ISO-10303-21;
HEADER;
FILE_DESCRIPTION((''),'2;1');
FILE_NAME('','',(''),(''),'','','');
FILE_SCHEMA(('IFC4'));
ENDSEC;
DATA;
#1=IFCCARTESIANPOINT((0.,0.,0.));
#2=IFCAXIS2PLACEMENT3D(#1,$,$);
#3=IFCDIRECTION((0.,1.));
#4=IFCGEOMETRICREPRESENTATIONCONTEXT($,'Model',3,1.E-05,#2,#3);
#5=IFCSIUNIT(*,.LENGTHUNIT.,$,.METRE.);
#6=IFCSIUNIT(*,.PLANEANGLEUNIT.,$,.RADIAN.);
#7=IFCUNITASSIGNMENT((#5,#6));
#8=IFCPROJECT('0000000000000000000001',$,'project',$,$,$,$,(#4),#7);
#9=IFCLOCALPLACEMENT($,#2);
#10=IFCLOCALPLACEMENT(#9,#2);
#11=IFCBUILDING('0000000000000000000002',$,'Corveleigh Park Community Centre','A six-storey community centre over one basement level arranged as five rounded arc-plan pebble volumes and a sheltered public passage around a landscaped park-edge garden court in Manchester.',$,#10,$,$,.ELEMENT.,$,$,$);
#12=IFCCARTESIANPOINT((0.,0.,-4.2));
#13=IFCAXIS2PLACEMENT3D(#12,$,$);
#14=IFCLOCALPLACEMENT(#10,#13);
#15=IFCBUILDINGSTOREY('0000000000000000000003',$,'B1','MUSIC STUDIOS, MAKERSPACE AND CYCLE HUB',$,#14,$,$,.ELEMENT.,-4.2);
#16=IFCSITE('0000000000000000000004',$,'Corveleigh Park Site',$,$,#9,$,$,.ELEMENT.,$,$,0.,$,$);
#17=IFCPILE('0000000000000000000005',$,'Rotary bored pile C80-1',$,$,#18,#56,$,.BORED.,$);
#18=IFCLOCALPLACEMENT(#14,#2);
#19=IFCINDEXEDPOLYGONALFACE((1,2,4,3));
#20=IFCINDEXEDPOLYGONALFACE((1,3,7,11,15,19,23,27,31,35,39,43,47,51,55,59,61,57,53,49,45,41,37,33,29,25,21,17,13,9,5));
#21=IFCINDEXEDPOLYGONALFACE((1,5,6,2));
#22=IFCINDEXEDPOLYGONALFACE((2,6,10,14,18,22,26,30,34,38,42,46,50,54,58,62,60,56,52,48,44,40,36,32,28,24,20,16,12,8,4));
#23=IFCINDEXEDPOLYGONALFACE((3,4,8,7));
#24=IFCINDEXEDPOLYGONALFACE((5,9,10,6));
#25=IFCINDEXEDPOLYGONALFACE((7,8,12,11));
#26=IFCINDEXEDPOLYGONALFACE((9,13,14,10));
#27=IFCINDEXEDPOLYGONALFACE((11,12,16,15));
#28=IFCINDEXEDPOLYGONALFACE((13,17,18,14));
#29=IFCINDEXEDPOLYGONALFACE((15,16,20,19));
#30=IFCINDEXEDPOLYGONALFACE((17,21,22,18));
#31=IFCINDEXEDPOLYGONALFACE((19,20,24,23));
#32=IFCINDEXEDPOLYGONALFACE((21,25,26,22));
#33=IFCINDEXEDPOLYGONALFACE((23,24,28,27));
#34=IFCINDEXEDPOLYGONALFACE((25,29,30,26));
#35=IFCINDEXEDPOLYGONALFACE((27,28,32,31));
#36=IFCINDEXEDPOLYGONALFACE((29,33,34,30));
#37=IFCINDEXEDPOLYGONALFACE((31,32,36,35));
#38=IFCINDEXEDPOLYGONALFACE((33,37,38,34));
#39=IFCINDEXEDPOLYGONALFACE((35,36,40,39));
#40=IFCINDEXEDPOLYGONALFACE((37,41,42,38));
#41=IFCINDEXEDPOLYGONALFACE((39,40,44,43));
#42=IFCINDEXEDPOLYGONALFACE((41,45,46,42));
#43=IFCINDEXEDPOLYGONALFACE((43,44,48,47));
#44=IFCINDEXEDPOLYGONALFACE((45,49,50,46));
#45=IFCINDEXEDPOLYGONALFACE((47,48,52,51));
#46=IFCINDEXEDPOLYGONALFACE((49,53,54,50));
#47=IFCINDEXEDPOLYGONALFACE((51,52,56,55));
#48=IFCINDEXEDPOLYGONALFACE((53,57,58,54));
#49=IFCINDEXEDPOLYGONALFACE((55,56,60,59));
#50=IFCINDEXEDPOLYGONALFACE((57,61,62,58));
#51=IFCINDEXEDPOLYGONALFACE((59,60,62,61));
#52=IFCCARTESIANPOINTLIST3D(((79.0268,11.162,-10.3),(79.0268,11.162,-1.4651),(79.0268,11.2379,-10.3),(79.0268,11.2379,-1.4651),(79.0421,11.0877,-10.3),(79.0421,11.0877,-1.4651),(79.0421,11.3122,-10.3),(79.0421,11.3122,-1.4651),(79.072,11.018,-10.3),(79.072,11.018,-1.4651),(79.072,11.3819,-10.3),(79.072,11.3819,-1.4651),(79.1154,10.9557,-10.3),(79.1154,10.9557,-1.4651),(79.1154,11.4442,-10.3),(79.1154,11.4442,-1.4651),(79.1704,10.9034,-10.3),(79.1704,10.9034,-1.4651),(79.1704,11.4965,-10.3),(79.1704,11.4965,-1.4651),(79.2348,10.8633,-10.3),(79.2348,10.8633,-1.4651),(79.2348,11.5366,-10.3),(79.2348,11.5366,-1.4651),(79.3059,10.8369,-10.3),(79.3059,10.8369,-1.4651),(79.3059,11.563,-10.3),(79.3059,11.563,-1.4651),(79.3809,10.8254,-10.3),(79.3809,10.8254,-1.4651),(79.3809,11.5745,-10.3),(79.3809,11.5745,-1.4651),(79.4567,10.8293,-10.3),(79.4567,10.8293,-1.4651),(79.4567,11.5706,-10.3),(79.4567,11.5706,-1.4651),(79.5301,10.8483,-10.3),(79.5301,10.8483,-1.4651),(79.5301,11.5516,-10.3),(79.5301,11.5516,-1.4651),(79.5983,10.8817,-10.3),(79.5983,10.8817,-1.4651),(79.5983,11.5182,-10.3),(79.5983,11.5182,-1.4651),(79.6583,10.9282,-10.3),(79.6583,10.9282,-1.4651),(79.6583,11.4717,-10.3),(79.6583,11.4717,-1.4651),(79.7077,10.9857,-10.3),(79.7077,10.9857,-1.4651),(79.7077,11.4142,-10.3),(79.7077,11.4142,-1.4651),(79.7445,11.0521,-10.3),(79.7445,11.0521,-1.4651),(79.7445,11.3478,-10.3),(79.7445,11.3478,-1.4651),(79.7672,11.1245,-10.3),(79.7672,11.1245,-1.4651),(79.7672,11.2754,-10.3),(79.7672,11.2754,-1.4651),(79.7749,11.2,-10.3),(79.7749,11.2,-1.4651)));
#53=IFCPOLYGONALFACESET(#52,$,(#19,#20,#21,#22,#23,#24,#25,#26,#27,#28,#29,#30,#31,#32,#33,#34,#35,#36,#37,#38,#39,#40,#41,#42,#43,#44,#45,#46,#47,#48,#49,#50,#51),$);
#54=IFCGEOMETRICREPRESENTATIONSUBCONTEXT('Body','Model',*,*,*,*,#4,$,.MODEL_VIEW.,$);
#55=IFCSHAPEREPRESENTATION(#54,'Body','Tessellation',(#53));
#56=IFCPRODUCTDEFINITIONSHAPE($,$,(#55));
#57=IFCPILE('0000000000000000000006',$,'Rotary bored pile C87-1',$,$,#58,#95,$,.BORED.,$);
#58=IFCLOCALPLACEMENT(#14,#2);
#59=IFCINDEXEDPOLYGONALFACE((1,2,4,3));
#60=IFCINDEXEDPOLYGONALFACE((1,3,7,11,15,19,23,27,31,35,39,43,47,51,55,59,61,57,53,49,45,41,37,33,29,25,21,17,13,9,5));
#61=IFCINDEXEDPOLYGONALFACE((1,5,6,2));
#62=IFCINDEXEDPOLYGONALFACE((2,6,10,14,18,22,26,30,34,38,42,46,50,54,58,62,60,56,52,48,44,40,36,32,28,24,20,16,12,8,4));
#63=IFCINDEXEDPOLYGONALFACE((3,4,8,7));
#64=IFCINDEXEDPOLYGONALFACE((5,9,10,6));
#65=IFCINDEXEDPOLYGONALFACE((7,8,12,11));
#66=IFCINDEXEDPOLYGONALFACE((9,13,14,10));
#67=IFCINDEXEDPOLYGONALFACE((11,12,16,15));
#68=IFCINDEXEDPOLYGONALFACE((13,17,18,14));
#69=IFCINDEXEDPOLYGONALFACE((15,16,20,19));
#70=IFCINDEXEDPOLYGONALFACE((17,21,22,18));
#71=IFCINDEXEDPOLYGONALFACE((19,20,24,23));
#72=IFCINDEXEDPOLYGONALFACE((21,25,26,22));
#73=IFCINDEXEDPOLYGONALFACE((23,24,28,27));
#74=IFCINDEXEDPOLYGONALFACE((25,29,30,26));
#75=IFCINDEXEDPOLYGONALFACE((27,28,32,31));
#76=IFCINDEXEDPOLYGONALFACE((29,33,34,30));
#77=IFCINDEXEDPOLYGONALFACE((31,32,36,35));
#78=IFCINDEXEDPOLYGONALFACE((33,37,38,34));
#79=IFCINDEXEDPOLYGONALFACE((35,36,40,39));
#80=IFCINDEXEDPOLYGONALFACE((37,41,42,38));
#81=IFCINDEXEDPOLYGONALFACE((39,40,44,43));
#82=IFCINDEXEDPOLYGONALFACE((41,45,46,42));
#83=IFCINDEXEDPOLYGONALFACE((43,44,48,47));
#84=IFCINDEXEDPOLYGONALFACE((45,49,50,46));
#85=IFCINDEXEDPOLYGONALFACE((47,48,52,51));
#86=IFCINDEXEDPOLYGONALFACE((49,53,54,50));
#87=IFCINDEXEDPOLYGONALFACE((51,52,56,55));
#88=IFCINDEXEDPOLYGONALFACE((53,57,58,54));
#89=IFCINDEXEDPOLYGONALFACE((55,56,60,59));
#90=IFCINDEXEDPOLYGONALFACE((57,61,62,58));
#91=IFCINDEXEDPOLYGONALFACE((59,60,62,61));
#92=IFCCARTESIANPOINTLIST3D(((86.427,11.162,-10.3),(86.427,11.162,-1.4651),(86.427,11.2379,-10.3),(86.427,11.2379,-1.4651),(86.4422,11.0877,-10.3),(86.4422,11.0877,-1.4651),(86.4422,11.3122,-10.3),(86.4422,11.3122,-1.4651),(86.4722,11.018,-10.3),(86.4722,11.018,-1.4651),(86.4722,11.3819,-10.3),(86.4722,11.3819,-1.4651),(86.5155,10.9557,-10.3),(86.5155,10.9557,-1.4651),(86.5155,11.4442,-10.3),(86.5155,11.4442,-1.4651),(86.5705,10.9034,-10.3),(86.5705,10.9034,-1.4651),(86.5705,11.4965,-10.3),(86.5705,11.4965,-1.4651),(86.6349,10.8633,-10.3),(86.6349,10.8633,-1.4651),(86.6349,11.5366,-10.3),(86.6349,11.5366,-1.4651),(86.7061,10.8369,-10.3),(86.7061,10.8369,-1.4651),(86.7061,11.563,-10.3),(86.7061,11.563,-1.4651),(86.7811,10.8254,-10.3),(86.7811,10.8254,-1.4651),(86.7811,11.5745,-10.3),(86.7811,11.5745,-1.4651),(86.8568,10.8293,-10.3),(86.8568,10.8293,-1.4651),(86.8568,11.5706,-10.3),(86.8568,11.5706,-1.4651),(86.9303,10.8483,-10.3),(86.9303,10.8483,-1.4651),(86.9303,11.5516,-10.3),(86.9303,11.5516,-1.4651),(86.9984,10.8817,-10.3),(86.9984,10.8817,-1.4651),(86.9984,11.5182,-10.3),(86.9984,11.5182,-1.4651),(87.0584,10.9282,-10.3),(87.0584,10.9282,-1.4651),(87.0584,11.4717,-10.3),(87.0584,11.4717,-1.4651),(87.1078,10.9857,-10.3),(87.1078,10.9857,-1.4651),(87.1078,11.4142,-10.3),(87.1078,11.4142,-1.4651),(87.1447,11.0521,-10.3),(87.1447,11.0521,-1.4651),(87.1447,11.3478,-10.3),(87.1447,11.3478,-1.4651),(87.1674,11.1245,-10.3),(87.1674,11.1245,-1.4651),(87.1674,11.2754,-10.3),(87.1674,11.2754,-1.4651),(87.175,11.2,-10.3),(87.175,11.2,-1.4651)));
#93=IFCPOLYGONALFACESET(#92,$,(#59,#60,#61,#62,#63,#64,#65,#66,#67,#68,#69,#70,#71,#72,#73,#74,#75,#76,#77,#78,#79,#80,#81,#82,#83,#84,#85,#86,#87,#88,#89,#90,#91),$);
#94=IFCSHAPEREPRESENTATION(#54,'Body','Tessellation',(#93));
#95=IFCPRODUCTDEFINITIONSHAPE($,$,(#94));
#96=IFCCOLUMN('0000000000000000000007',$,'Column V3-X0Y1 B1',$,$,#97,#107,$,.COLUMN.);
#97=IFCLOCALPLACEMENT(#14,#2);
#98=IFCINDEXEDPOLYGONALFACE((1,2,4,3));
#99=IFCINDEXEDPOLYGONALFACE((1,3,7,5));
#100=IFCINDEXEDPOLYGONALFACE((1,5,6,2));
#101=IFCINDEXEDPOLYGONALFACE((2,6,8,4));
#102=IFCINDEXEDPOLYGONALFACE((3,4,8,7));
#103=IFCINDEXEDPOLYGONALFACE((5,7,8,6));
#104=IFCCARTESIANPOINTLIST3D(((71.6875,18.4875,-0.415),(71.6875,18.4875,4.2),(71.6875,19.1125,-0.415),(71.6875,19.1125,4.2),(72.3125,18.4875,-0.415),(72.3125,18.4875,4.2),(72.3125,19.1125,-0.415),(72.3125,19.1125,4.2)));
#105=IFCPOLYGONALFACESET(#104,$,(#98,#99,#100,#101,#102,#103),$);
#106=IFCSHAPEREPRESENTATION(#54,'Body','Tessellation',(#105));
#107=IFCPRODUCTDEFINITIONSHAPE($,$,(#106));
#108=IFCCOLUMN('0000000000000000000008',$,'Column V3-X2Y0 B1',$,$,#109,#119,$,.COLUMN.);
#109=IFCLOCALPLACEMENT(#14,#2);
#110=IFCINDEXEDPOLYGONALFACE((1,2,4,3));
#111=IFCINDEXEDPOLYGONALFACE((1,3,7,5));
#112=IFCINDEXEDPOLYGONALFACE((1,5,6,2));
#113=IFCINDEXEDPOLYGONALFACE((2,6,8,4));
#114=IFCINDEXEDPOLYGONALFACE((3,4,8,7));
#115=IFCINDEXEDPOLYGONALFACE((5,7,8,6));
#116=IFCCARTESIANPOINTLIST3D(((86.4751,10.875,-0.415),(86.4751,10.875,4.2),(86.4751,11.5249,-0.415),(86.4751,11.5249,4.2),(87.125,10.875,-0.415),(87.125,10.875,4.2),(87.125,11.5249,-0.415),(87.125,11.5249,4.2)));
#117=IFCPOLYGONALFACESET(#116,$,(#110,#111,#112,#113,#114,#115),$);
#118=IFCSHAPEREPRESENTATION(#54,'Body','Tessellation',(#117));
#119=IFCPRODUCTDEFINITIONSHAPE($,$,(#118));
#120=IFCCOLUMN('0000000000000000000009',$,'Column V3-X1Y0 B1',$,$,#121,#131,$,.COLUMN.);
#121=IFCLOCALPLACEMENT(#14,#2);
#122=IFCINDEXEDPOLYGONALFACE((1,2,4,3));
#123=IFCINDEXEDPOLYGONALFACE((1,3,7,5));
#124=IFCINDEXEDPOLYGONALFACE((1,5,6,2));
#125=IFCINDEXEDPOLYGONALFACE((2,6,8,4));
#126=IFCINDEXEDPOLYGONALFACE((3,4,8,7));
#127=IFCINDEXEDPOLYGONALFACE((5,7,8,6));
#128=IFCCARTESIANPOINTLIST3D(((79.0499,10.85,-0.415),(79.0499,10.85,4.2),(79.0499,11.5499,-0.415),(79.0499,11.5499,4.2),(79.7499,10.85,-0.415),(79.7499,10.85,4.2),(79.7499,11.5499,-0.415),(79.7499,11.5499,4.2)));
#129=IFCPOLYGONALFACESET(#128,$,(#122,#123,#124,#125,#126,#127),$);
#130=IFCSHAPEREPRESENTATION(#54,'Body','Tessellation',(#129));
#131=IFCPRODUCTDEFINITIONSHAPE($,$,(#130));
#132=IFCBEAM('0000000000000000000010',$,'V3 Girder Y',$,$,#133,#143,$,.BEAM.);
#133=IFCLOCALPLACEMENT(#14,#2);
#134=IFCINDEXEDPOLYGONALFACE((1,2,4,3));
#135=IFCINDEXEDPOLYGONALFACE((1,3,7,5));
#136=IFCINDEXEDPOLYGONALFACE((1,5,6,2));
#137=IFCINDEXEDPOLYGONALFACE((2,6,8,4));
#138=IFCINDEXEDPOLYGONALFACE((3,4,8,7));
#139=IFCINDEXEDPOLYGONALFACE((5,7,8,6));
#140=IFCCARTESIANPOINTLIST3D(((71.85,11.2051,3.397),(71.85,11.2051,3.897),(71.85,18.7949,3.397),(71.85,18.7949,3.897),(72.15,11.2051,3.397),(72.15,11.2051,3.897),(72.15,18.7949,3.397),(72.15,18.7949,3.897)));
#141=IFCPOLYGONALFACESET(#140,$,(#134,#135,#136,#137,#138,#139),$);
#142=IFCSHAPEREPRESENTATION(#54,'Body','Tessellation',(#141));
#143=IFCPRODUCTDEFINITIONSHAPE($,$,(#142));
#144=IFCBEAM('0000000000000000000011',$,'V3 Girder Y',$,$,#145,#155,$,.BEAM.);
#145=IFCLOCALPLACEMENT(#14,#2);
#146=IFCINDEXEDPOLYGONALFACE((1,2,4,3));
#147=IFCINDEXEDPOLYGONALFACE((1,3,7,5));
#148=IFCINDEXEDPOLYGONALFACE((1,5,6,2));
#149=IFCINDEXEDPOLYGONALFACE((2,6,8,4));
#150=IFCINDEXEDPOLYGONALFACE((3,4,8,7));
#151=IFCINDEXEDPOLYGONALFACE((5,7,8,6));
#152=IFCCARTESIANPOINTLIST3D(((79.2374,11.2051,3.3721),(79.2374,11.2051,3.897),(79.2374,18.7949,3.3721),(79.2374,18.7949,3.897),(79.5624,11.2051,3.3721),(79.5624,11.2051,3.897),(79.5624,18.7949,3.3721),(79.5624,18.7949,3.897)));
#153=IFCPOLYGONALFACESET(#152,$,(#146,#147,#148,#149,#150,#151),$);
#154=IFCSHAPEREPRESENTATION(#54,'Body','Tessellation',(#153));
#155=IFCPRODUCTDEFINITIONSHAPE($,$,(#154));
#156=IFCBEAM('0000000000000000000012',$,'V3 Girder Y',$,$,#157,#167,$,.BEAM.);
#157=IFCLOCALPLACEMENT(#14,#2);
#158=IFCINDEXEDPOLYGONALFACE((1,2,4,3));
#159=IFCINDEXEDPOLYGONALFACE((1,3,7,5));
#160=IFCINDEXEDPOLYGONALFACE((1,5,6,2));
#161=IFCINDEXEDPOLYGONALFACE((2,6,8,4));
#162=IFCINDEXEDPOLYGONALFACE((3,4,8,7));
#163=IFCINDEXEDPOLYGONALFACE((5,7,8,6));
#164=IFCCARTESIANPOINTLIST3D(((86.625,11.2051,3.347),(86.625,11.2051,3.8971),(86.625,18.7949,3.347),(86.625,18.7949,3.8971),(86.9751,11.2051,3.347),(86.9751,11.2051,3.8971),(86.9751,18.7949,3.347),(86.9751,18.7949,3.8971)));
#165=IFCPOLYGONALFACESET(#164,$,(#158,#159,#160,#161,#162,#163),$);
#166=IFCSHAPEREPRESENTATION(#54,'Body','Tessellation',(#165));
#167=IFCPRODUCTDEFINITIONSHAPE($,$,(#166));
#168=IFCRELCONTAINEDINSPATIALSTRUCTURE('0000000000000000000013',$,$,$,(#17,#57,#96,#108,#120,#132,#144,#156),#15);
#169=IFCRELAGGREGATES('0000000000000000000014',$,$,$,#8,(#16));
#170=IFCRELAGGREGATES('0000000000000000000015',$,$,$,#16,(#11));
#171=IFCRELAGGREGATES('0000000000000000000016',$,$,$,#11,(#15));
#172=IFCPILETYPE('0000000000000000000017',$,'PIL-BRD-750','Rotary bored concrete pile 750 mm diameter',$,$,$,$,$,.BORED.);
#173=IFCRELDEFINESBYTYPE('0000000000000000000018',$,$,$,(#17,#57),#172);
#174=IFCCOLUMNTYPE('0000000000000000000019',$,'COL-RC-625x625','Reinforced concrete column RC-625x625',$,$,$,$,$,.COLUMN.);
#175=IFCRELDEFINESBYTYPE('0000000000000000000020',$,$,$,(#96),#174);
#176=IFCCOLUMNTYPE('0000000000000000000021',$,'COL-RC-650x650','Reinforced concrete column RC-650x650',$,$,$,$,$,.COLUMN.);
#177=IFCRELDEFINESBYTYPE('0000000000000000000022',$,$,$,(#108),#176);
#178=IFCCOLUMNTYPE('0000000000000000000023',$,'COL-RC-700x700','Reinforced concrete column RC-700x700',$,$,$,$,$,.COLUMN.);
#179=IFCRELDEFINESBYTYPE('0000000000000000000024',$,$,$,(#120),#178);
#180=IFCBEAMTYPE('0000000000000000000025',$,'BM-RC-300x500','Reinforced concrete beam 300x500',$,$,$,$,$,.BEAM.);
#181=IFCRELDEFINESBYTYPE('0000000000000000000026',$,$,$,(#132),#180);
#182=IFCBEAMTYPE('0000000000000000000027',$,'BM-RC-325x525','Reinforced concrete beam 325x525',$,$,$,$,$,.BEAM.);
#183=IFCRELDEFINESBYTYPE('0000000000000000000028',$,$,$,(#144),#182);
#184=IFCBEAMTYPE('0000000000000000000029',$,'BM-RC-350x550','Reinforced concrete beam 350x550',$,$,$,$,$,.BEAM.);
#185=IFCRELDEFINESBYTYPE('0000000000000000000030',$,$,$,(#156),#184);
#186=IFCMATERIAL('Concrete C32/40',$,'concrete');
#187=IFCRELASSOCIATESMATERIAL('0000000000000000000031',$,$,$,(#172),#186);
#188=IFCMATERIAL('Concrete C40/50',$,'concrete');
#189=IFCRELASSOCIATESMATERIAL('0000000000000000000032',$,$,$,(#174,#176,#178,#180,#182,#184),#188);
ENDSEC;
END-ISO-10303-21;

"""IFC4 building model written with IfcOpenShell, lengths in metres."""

from ifc_helpers import new_model, si_unit, direction, frame, origin, origin_2d, place, context, subcontext, project, spatial, rectangle, circle, extrude, material, material_profile, profile_set, type_object, element, save


model = new_model("IFC4")

# Units and contexts
model_context = context("Model", 3, precision=1e-05, world=origin(), true_north=direction((0.0, 1.0)))
body_context = subcontext(model_context, "Body", "Model", "MODEL_VIEW")
ifc_project = project(units=[si_unit("LENGTHUNIT", "METRE"), si_unit("PLANEANGLEUNIT", "RADIAN")], contexts=[model_context])

# Site, building, storey
site_placement = place(None, origin())
site = spatial("IfcSite", under=ifc_project, at=site_placement, Name="Corveleigh Park Site", CompositionType="ELEMENT", RefElevation=0.0)
building_placement = place(site_placement, origin())
building = spatial("IfcBuilding", under=site, at=building_placement, Name="Corveleigh Park Community Centre", Description="A six-storey community centre over one basement level arranged as five rounded arc-plan pebble volumes and a sheltered public passage around a landscaped park-edge garden court in Manchester.", CompositionType="ELEMENT")
storey_placement = place(building_placement, frame((0.0, 0.0, -4.2)))
storey = spatial("IfcBuildingStorey", under=building, at=storey_placement, Name="B1", Description="MUSIC STUDIOS, MAKERSPACE AND CYCLE HUB", CompositionType="ELEMENT", Elevation=-4.2)

# Shared definitions
ifc_material_1 = material(Name="Concrete C40/50", Category="concrete")

# Piles
ifc_material_2 = material(Name="Concrete C32/40", Category="concrete")
ifc_material_profile_1 = material_profile(ifc_material_2, circle(Radius=0.375, at=origin_2d()), Name="BORED-PILE-750", Category="concrete")
ifc_profile_set_1 = profile_set([ifc_material_profile_1], Name="Concrete C32/40")
pile_type = type_object("IfcPileType", Name="PIL-BRD-750", Description="Rotary bored concrete pile 750 mm diameter", PredefinedType="BORED", material=ifc_profile_set_1)
for number, where, z_axis, x_axis, name in (
    (1, (79.3999, 11.2, -1.4651), (0.0, 0.0, -1.0), (1.0, 0.0, 0.0), "Rotary bored pile C80-1"),
    (2, (86.8, 11.2, -1.4651), (0.0, 0.0, -1.0), (1.0, 0.0, 0.0), "Rotary bored pile C87-1"),
):
    element("IfcPile", number, at=place(storey_placement, frame(where, z_axis=z_axis, x_axis=x_axis)), inside=storey, type_object=pile_type, Name=name, PredefinedType="BORED", context=body_context, shape_type="SweptSolid", body=[
        extrude(circle(Radius=0.375, at=origin_2d()), origin(), (0.0, 0.0, 1.0), 8.835),
    ])

# Columns
ifc_material_profile_2 = material_profile(ifc_material_1, rectangle(XDim=0.625, YDim=0.625, at=origin_2d()), Name="RC-625x625", Category="concrete")
ifc_profile_set_2 = profile_set([ifc_material_profile_2], Name="Concrete C40/50")
column_type_1 = type_object("IfcColumnType", Name="COL-RC-625x625", Description="Reinforced concrete column RC-625x625", PredefinedType="COLUMN", material=ifc_profile_set_2)
column_1_placement = place(storey_placement, frame((72.0, 18.8, -0.415), z_axis=(0.0, 0.0, 1.0), x_axis=(1.0, 0.0, 0.0)))
element("IfcColumn", 3, at=column_1_placement, inside=storey, type_object=column_type_1, Name="Column V3-X0Y1 B1", PredefinedType="COLUMN", context=body_context, shape_type="SweptSolid", body=[
    extrude(rectangle(XDim=0.625, YDim=0.625, at=origin_2d()), origin(), (0.0, 0.0, 1.0), 4.615),
])
ifc_material_profile_3 = material_profile(ifc_material_1, rectangle(XDim=0.6499, YDim=0.6499, at=origin_2d()), Name="RC-650x650", Category="concrete")
ifc_profile_set_3 = profile_set([ifc_material_profile_3], Name="Concrete C40/50")
column_type_2 = type_object("IfcColumnType", Name="COL-RC-650x650", Description="Reinforced concrete column RC-650x650", PredefinedType="COLUMN", material=ifc_profile_set_3)
column_2_placement = place(storey_placement, frame((86.8, 11.2, -0.415), z_axis=(0.0, 0.0, 1.0), x_axis=(1.0, 0.0, 0.0)))
element("IfcColumn", 4, at=column_2_placement, inside=storey, type_object=column_type_2, Name="Column V3-X2Y0 B1", PredefinedType="COLUMN", context=body_context, shape_type="SweptSolid", body=[
    extrude(rectangle(XDim=0.6499, YDim=0.6499, at=origin_2d()), origin(), (0.0, 0.0, 1.0), 4.615),
])
ifc_material_profile_4 = material_profile(ifc_material_1, rectangle(XDim=0.7, YDim=0.7, at=origin_2d()), Name="RC-700x700", Category="concrete")
ifc_profile_set_4 = profile_set([ifc_material_profile_4], Name="Concrete C40/50")
column_type_3 = type_object("IfcColumnType", Name="COL-RC-700x700", Description="Reinforced concrete column RC-700x700", PredefinedType="COLUMN", material=ifc_profile_set_4)
column_3_placement = place(storey_placement, frame((79.3999, 11.2, -0.415), z_axis=(0.0, 0.0, 1.0), x_axis=(1.0, 0.0, 0.0)))
element("IfcColumn", 5, at=column_3_placement, inside=storey, type_object=column_type_3, Name="Column V3-X1Y0 B1", PredefinedType="COLUMN", context=body_context, shape_type="SweptSolid", body=[
    extrude(rectangle(XDim=0.7, YDim=0.7, at=origin_2d()), origin(), (0.0, 0.0, 1.0), 4.615),
])

# Beams
ifc_material_profile_5 = material_profile(ifc_material_1, rectangle(XDim=0.3, YDim=0.5, at=origin_2d()), Name="RC-300x500", Category="concrete")
ifc_profile_set_5 = profile_set([ifc_material_profile_5], Name="Concrete C40/50")
beam_type_1 = type_object("IfcBeamType", Name="BM-RC-300x500", Description="Reinforced concrete beam 300x500", PredefinedType="BEAM", material=ifc_profile_set_5)
beam_1_placement = place(storey_placement, frame((72.0, 11.2051, 3.647), z_axis=(0.0, 1.0, 0.0), x_axis=(-1.0, 0.0, 0.0)))
element("IfcBeam", 6, at=beam_1_placement, inside=storey, type_object=beam_type_1, Name="V3 Girder Y", PredefinedType="BEAM", context=body_context, shape_type="SweptSolid", body=[
    extrude(rectangle(XDim=0.3, YDim=0.5, at=origin_2d()), origin(), (0.0, 0.0, 1.0), 7.5898),
])
ifc_material_profile_6 = material_profile(ifc_material_1, rectangle(XDim=0.325, YDim=0.5249, at=origin_2d()), Name="RC-325x525", Category="concrete")
ifc_profile_set_6 = profile_set([ifc_material_profile_6], Name="Concrete C40/50")
beam_type_2 = type_object("IfcBeamType", Name="BM-RC-325x525", Description="Reinforced concrete beam 325x525", PredefinedType="BEAM", material=ifc_profile_set_6)
beam_2_placement = place(storey_placement, frame((79.3999, 11.2051, 3.6345), z_axis=(0.0, 1.0, 0.0), x_axis=(-1.0, 0.0, 0.0)))
element("IfcBeam", 7, at=beam_2_placement, inside=storey, type_object=beam_type_2, Name="V3 Girder Y", PredefinedType="BEAM", context=body_context, shape_type="SweptSolid", body=[
    extrude(rectangle(XDim=0.325, YDim=0.5249, at=origin_2d()), origin(), (0.0, 0.0, 1.0), 7.5898),
])
ifc_material_profile_7 = material_profile(ifc_material_1, rectangle(XDim=0.3501, YDim=0.55, at=origin_2d()), Name="RC-350x550", Category="concrete")
ifc_profile_set_7 = profile_set([ifc_material_profile_7], Name="Concrete C40/50")
beam_type_3 = type_object("IfcBeamType", Name="BM-RC-350x550", Description="Reinforced concrete beam 350x550", PredefinedType="BEAM", material=ifc_profile_set_7)
beam_3_placement = place(storey_placement, frame((86.8, 11.2051, 3.6221), z_axis=(0.0, 1.0, 0.0), x_axis=(-1.0, 0.0, 0.0)))
element("IfcBeam", 8, at=beam_3_placement, inside=storey, type_object=beam_type_3, Name="V3 Girder Y", PredefinedType="BEAM", context=body_context, shape_type="SweptSolid", body=[
    extrude(rectangle(XDim=0.3501, YDim=0.55, at=origin_2d()), origin(), (0.0, 0.0, 1.0), 7.5898),
])

save(model, "model.ifc")
